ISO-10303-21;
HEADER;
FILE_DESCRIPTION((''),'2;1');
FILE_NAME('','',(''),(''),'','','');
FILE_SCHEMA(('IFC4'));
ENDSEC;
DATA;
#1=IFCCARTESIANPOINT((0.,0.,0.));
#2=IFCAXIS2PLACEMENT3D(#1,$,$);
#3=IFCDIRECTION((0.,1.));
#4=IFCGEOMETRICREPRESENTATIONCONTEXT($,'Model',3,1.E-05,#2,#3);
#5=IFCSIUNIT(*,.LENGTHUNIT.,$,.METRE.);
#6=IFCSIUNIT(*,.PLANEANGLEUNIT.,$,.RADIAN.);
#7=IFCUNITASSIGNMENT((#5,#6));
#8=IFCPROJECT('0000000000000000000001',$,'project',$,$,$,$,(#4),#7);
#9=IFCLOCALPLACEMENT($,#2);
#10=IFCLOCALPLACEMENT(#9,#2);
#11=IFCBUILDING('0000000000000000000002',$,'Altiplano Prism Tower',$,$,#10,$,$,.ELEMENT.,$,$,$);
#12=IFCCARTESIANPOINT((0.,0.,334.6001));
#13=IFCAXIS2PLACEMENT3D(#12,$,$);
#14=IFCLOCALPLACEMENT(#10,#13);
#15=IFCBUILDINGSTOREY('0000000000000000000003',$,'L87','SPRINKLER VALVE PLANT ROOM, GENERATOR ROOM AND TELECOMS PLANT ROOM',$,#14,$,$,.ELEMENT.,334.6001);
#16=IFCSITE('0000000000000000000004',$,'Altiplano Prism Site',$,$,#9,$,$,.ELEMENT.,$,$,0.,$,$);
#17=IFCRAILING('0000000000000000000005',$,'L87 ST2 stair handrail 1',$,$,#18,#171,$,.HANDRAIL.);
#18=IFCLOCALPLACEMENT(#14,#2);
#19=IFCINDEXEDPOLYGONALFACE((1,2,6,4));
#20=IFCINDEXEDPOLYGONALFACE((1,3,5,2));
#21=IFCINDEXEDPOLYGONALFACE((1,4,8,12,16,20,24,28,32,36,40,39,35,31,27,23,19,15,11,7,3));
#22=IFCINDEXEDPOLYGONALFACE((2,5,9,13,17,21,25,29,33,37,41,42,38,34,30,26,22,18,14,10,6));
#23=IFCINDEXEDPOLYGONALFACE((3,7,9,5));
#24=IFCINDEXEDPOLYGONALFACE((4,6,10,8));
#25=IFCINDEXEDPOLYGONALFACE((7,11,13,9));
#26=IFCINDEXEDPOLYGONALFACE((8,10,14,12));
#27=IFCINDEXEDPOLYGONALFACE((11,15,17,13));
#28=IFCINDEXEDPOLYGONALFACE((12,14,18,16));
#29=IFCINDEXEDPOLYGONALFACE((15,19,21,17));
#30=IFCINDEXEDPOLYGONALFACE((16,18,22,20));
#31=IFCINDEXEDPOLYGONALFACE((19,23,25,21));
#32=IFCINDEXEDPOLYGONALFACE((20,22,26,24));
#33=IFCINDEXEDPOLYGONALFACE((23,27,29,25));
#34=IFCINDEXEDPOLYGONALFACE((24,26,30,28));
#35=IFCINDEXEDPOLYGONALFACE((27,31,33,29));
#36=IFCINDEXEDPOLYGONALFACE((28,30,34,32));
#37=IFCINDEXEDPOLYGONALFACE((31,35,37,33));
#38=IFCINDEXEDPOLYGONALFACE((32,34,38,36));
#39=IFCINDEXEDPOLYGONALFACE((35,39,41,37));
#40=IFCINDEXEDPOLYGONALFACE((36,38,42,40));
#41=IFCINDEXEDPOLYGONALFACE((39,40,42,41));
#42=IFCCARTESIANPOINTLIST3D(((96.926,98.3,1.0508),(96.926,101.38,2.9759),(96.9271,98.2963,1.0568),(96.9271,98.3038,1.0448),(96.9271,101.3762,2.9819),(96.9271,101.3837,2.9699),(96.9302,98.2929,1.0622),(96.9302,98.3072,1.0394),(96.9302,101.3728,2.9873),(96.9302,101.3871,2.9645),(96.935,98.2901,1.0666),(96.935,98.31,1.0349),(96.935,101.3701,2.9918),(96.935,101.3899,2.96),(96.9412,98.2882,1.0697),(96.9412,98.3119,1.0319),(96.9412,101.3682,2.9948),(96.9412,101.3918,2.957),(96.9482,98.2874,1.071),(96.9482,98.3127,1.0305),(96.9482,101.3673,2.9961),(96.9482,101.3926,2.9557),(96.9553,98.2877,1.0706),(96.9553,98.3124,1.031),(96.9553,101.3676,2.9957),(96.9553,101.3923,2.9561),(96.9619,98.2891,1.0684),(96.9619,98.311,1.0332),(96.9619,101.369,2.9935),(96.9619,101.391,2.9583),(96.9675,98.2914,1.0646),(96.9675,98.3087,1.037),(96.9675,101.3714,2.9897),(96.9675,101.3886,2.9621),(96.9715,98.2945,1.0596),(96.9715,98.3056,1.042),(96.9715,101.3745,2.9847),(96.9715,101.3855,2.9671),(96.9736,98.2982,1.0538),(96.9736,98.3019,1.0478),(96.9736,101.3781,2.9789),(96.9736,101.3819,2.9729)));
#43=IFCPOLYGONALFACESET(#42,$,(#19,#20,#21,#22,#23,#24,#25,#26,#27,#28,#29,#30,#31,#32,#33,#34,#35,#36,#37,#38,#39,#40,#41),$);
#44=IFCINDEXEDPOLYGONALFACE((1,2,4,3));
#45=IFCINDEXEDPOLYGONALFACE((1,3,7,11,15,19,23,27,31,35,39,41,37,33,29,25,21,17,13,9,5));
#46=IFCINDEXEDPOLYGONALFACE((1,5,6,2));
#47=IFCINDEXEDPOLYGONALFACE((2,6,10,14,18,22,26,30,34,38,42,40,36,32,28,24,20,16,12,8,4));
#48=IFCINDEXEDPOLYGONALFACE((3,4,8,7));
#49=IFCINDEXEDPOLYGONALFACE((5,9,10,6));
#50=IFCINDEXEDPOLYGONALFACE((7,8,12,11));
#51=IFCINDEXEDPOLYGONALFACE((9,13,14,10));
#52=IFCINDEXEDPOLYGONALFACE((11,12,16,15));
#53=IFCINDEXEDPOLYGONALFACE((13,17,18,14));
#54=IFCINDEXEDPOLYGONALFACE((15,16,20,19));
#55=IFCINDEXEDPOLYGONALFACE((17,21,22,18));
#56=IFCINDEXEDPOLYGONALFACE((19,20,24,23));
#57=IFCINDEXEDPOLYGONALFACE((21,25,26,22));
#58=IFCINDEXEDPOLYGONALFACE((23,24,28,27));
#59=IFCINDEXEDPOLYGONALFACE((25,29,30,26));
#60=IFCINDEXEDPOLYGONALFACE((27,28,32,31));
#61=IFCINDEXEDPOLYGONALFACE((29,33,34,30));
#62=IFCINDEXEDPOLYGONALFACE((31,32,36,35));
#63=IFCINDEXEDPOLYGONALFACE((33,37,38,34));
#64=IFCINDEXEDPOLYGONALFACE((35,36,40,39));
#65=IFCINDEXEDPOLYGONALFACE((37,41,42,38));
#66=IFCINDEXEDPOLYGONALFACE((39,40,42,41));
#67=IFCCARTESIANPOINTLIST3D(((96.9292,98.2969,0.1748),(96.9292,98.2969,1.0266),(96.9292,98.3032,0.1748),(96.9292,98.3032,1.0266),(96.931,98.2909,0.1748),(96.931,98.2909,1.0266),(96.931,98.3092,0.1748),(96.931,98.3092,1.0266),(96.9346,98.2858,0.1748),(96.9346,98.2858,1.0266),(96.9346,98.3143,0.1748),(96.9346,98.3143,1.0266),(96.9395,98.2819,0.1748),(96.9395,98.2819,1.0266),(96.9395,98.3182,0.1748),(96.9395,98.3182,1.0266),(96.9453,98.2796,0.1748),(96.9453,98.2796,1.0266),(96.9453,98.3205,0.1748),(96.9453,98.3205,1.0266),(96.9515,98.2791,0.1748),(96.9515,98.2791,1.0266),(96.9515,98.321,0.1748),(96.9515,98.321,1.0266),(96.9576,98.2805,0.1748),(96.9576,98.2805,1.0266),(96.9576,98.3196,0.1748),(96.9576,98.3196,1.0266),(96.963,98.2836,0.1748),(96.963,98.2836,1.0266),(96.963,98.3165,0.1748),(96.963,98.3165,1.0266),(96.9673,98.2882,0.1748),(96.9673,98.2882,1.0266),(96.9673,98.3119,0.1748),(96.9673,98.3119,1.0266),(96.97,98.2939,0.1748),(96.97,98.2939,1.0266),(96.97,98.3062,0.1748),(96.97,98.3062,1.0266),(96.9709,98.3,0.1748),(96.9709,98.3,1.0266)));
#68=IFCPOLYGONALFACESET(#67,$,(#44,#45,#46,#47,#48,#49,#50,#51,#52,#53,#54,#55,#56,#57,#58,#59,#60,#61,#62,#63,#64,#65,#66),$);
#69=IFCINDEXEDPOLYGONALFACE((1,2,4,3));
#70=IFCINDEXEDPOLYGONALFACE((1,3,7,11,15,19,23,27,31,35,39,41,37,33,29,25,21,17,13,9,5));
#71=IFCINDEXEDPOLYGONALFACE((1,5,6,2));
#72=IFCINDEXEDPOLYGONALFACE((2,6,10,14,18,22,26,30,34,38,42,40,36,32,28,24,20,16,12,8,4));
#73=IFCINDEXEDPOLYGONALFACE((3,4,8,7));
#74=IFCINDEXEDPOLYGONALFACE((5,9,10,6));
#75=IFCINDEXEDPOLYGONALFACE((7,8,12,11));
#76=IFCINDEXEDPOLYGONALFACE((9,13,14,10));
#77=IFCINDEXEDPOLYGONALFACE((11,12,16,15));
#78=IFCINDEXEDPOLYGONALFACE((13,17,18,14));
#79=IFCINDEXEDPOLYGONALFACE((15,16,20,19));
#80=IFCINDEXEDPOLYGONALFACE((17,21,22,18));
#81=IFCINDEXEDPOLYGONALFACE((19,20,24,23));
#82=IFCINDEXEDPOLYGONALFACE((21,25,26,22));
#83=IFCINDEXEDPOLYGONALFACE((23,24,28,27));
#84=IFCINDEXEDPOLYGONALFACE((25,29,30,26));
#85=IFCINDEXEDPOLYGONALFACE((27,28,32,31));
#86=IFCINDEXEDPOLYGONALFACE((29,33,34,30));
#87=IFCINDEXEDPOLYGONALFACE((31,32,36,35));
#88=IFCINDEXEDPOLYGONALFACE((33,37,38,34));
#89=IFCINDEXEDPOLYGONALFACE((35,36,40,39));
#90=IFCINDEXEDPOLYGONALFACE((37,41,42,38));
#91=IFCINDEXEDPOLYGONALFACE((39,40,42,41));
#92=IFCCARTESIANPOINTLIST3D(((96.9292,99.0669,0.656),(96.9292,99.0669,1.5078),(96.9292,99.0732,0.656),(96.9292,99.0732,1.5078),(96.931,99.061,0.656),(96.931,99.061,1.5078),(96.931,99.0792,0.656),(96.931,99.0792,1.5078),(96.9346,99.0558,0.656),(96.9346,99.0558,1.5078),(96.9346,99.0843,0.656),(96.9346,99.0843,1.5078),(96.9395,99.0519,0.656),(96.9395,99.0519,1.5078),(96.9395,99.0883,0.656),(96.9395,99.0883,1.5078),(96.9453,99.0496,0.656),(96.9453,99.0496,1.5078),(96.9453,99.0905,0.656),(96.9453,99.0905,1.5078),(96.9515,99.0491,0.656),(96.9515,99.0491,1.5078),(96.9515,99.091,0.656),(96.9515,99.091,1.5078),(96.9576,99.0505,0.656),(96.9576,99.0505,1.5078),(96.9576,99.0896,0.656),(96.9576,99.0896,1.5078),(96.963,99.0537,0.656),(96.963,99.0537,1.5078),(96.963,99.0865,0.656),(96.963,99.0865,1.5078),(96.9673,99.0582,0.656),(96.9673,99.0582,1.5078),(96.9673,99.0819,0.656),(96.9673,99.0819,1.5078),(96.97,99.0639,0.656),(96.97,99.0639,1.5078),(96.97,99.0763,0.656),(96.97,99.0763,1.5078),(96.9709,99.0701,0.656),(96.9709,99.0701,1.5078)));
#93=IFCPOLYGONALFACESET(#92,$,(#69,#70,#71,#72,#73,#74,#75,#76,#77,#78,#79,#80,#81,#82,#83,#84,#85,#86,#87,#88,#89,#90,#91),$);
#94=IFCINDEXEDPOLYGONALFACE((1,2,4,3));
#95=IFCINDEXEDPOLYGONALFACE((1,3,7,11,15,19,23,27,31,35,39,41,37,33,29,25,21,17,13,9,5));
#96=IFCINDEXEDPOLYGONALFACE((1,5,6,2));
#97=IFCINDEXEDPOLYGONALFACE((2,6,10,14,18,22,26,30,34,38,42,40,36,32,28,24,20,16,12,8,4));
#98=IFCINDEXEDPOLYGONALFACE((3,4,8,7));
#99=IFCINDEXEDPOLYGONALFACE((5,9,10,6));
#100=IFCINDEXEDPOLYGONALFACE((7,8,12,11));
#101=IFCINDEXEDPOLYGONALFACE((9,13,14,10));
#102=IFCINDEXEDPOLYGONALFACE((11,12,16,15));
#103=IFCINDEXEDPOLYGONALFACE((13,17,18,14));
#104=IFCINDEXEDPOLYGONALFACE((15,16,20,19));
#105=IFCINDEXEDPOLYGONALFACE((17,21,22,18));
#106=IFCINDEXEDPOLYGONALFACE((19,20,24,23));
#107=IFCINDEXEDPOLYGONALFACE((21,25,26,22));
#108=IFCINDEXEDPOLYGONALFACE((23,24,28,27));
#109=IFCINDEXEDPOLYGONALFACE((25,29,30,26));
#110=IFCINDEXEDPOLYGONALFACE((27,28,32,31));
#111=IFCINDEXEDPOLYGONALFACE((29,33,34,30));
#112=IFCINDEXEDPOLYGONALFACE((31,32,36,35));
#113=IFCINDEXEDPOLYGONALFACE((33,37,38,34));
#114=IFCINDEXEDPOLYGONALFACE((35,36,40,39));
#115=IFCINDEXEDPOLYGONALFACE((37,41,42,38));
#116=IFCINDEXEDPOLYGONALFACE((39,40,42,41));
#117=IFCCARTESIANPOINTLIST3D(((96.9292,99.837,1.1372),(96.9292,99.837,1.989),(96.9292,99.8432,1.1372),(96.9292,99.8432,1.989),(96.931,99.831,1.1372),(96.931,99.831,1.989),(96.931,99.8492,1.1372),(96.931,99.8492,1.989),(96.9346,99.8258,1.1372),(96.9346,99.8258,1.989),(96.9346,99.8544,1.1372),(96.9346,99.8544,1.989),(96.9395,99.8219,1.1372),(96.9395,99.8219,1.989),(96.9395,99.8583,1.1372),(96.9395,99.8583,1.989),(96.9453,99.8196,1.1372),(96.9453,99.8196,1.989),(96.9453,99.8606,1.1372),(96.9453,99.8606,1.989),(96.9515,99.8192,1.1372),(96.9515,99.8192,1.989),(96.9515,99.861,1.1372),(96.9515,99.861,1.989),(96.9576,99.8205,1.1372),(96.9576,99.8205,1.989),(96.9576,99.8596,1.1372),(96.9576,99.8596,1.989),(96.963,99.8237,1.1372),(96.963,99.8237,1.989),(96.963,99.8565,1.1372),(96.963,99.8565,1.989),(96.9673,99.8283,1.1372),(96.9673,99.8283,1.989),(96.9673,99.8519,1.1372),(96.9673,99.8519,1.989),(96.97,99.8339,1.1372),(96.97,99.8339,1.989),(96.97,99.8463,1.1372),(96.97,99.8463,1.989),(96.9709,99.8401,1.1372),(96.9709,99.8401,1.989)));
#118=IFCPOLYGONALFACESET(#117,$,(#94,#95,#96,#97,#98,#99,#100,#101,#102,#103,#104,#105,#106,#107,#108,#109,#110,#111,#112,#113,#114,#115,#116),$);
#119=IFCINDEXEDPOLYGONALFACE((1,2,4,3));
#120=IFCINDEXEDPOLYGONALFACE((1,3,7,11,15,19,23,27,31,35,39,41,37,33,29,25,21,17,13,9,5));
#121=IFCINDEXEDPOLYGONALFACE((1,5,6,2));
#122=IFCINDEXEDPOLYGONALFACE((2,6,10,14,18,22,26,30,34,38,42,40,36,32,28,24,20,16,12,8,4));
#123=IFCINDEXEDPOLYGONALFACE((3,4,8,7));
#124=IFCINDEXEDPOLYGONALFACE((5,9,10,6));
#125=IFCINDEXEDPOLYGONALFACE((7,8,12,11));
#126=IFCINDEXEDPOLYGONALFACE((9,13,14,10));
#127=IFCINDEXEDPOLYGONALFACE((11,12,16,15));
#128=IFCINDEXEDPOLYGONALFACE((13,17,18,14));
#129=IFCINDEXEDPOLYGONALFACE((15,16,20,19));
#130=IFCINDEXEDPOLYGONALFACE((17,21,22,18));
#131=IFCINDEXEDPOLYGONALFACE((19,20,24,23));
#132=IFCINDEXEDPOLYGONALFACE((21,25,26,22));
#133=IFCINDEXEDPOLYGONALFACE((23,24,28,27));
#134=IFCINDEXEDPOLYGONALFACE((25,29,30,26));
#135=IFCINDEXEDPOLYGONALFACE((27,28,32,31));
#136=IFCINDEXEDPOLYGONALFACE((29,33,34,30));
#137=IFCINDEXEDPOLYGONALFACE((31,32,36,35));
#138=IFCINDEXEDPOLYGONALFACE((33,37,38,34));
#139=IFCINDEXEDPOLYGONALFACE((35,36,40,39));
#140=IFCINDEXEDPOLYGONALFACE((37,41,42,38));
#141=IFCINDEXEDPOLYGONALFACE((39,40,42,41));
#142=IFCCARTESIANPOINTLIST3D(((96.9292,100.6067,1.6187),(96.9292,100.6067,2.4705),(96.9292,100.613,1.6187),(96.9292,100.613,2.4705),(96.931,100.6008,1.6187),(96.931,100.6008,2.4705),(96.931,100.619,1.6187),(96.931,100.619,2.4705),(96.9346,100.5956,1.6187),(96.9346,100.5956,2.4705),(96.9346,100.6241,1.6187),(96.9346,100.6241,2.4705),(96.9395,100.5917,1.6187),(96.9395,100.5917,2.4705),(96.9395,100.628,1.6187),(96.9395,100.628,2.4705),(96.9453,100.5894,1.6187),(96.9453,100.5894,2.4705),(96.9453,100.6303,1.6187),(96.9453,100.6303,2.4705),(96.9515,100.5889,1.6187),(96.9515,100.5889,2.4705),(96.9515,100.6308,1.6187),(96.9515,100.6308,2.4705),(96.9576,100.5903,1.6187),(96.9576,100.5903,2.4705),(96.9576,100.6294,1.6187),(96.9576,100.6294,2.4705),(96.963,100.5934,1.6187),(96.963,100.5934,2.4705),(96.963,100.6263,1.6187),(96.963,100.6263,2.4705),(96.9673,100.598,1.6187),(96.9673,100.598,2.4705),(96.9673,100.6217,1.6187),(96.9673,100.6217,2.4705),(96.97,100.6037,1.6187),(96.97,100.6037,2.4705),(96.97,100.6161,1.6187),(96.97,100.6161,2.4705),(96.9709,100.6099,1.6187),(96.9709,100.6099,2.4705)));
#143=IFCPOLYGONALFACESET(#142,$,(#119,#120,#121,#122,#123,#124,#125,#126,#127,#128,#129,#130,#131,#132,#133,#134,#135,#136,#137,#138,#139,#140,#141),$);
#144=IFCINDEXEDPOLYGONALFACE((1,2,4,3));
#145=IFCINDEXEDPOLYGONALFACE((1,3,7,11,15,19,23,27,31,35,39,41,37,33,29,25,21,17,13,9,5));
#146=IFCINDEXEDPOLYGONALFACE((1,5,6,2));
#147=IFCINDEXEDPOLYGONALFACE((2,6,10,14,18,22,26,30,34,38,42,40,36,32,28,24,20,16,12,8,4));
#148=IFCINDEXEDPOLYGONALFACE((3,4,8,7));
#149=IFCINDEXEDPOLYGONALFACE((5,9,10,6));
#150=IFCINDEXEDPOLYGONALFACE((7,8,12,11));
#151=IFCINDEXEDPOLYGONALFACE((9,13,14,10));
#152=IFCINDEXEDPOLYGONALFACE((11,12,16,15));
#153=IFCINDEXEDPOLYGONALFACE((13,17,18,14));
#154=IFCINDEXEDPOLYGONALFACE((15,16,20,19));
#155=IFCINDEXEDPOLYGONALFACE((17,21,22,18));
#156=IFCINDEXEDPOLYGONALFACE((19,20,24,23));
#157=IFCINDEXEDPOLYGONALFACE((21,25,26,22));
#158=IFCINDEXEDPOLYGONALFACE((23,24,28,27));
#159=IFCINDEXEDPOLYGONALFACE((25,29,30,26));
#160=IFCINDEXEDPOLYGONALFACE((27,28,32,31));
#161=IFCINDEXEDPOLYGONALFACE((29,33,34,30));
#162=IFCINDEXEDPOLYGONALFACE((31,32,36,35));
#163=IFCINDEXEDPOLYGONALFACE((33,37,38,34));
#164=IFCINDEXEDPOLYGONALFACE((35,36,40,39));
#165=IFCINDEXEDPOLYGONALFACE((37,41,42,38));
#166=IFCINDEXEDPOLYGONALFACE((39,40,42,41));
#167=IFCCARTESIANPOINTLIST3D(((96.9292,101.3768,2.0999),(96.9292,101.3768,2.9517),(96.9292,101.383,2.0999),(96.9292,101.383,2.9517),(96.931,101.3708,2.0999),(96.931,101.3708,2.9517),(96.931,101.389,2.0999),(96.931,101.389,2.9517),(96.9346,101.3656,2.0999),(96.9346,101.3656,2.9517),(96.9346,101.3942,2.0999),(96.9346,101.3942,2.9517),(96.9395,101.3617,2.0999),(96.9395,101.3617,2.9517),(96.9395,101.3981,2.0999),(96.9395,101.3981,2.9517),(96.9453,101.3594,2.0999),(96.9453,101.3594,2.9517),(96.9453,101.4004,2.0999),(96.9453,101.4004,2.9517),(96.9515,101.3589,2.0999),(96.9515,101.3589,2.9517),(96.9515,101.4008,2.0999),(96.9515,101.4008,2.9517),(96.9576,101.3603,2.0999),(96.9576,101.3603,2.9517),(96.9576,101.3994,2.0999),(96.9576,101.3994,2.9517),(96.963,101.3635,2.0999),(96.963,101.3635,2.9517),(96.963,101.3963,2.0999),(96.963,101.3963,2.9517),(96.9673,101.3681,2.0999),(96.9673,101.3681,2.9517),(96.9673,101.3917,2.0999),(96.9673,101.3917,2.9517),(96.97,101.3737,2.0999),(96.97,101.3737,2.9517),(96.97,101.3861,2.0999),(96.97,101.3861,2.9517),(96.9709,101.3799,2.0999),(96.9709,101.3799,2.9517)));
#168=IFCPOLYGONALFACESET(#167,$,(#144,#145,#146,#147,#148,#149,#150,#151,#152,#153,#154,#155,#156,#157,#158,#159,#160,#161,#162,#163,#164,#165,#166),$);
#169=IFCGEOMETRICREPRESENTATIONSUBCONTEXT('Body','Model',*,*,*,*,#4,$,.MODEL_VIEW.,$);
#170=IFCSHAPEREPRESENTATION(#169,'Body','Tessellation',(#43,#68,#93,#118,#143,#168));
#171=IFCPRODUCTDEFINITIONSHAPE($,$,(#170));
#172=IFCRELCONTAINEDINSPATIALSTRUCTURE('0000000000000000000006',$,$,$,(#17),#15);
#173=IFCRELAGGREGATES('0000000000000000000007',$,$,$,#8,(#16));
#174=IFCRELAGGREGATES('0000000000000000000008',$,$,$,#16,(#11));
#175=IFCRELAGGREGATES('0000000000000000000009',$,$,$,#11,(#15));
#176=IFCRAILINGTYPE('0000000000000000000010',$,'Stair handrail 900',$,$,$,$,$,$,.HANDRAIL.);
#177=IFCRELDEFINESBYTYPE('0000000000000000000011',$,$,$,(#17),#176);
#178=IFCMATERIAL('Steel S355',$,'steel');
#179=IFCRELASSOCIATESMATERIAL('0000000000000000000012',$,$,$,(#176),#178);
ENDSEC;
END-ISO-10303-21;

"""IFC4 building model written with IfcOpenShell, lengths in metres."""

from ifc_helpers import new_model, si_unit, direction, frame, origin, origin_2d, place, context, subcontext, project, spatial, circle, extrude, material, type_object, element, save


model = new_model("IFC4")

# Units and contexts
model_context = context("Model", 3, precision=1e-05, world=origin(), true_north=direction((0.0, 1.0)))
body_context = subcontext(model_context, "Body", "Model", "MODEL_VIEW")
ifc_project = project(units=[si_unit("LENGTHUNIT", "METRE"), si_unit("PLANEANGLEUNIT", "RADIAN")], contexts=[model_context])

# Site, building, storey
site_placement = place(None, origin())
site = spatial("IfcSite", under=ifc_project, at=site_placement, Name="Altiplano Prism Site", CompositionType="ELEMENT", RefElevation=0.0)
building_placement = place(site_placement, origin())
building = spatial("IfcBuilding", under=site, at=building_placement, Name="Altiplano Prism Tower", CompositionType="ELEMENT")
storey_placement = place(building_placement, frame((0.0, 0.0, 334.6001)))
storey = spatial("IfcBuildingStorey", under=building, at=storey_placement, Name="L87", Description="SPRINKLER VALVE PLANT ROOM, GENERATOR ROOM AND TELECOMS PLANT ROOM", CompositionType="ELEMENT", Elevation=334.6001)

# Shared definitions
ifc_material_1 = material(Name="Steel S355", Category="steel")

# Railing
railing_type_1 = type_object("IfcRailingType", Name="Stair handrail 900", PredefinedType="HANDRAIL", material=ifc_material_1)
railing_1_placement = place(storey_placement, frame((96.95, 98.3, 0.1748)))
element("IfcRailing", 1, at=railing_1_placement, inside=storey, type_object=railing_type_1, Name="L87 ST2 stair handrail 1", PredefinedType="HANDRAIL", context=body_context, shape_type="SweptSolid", body=[
    extrude(circle(Radius=0.0239, at=origin_2d()), frame((0.0, 0.0, 0.876), z_axis=(0.0, 0.847979, 0.530029), x_axis=(-1.0, 0.0, 0.0)), (0.0, 0.0, 1.0), 3.6321),
    extrude(circle(Radius=0.021, at=origin_2d()), origin(), (0.0, 0.0, 1.0), 0.8518),
    extrude(circle(Radius=0.021, at=origin_2d()), frame((0.0, 0.77, 0.4812)), (0.0, 0.0, 1.0), 0.8518),
    extrude(circle(Radius=0.021, at=origin_2d()), frame((0.0, 1.54, 0.9624)), (0.0, 0.0, 1.0), 0.8518),
    extrude(circle(Radius=0.021, at=origin_2d()), frame((0.0, 2.3098, 1.4438)), (0.0, 0.0, 1.0), 0.8518),
    extrude(circle(Radius=0.021, at=origin_2d()), frame((0.0, 3.0798, 1.925)), (0.0, 0.0, 1.0), 0.8518),
])

save(model, "model.ifc")
